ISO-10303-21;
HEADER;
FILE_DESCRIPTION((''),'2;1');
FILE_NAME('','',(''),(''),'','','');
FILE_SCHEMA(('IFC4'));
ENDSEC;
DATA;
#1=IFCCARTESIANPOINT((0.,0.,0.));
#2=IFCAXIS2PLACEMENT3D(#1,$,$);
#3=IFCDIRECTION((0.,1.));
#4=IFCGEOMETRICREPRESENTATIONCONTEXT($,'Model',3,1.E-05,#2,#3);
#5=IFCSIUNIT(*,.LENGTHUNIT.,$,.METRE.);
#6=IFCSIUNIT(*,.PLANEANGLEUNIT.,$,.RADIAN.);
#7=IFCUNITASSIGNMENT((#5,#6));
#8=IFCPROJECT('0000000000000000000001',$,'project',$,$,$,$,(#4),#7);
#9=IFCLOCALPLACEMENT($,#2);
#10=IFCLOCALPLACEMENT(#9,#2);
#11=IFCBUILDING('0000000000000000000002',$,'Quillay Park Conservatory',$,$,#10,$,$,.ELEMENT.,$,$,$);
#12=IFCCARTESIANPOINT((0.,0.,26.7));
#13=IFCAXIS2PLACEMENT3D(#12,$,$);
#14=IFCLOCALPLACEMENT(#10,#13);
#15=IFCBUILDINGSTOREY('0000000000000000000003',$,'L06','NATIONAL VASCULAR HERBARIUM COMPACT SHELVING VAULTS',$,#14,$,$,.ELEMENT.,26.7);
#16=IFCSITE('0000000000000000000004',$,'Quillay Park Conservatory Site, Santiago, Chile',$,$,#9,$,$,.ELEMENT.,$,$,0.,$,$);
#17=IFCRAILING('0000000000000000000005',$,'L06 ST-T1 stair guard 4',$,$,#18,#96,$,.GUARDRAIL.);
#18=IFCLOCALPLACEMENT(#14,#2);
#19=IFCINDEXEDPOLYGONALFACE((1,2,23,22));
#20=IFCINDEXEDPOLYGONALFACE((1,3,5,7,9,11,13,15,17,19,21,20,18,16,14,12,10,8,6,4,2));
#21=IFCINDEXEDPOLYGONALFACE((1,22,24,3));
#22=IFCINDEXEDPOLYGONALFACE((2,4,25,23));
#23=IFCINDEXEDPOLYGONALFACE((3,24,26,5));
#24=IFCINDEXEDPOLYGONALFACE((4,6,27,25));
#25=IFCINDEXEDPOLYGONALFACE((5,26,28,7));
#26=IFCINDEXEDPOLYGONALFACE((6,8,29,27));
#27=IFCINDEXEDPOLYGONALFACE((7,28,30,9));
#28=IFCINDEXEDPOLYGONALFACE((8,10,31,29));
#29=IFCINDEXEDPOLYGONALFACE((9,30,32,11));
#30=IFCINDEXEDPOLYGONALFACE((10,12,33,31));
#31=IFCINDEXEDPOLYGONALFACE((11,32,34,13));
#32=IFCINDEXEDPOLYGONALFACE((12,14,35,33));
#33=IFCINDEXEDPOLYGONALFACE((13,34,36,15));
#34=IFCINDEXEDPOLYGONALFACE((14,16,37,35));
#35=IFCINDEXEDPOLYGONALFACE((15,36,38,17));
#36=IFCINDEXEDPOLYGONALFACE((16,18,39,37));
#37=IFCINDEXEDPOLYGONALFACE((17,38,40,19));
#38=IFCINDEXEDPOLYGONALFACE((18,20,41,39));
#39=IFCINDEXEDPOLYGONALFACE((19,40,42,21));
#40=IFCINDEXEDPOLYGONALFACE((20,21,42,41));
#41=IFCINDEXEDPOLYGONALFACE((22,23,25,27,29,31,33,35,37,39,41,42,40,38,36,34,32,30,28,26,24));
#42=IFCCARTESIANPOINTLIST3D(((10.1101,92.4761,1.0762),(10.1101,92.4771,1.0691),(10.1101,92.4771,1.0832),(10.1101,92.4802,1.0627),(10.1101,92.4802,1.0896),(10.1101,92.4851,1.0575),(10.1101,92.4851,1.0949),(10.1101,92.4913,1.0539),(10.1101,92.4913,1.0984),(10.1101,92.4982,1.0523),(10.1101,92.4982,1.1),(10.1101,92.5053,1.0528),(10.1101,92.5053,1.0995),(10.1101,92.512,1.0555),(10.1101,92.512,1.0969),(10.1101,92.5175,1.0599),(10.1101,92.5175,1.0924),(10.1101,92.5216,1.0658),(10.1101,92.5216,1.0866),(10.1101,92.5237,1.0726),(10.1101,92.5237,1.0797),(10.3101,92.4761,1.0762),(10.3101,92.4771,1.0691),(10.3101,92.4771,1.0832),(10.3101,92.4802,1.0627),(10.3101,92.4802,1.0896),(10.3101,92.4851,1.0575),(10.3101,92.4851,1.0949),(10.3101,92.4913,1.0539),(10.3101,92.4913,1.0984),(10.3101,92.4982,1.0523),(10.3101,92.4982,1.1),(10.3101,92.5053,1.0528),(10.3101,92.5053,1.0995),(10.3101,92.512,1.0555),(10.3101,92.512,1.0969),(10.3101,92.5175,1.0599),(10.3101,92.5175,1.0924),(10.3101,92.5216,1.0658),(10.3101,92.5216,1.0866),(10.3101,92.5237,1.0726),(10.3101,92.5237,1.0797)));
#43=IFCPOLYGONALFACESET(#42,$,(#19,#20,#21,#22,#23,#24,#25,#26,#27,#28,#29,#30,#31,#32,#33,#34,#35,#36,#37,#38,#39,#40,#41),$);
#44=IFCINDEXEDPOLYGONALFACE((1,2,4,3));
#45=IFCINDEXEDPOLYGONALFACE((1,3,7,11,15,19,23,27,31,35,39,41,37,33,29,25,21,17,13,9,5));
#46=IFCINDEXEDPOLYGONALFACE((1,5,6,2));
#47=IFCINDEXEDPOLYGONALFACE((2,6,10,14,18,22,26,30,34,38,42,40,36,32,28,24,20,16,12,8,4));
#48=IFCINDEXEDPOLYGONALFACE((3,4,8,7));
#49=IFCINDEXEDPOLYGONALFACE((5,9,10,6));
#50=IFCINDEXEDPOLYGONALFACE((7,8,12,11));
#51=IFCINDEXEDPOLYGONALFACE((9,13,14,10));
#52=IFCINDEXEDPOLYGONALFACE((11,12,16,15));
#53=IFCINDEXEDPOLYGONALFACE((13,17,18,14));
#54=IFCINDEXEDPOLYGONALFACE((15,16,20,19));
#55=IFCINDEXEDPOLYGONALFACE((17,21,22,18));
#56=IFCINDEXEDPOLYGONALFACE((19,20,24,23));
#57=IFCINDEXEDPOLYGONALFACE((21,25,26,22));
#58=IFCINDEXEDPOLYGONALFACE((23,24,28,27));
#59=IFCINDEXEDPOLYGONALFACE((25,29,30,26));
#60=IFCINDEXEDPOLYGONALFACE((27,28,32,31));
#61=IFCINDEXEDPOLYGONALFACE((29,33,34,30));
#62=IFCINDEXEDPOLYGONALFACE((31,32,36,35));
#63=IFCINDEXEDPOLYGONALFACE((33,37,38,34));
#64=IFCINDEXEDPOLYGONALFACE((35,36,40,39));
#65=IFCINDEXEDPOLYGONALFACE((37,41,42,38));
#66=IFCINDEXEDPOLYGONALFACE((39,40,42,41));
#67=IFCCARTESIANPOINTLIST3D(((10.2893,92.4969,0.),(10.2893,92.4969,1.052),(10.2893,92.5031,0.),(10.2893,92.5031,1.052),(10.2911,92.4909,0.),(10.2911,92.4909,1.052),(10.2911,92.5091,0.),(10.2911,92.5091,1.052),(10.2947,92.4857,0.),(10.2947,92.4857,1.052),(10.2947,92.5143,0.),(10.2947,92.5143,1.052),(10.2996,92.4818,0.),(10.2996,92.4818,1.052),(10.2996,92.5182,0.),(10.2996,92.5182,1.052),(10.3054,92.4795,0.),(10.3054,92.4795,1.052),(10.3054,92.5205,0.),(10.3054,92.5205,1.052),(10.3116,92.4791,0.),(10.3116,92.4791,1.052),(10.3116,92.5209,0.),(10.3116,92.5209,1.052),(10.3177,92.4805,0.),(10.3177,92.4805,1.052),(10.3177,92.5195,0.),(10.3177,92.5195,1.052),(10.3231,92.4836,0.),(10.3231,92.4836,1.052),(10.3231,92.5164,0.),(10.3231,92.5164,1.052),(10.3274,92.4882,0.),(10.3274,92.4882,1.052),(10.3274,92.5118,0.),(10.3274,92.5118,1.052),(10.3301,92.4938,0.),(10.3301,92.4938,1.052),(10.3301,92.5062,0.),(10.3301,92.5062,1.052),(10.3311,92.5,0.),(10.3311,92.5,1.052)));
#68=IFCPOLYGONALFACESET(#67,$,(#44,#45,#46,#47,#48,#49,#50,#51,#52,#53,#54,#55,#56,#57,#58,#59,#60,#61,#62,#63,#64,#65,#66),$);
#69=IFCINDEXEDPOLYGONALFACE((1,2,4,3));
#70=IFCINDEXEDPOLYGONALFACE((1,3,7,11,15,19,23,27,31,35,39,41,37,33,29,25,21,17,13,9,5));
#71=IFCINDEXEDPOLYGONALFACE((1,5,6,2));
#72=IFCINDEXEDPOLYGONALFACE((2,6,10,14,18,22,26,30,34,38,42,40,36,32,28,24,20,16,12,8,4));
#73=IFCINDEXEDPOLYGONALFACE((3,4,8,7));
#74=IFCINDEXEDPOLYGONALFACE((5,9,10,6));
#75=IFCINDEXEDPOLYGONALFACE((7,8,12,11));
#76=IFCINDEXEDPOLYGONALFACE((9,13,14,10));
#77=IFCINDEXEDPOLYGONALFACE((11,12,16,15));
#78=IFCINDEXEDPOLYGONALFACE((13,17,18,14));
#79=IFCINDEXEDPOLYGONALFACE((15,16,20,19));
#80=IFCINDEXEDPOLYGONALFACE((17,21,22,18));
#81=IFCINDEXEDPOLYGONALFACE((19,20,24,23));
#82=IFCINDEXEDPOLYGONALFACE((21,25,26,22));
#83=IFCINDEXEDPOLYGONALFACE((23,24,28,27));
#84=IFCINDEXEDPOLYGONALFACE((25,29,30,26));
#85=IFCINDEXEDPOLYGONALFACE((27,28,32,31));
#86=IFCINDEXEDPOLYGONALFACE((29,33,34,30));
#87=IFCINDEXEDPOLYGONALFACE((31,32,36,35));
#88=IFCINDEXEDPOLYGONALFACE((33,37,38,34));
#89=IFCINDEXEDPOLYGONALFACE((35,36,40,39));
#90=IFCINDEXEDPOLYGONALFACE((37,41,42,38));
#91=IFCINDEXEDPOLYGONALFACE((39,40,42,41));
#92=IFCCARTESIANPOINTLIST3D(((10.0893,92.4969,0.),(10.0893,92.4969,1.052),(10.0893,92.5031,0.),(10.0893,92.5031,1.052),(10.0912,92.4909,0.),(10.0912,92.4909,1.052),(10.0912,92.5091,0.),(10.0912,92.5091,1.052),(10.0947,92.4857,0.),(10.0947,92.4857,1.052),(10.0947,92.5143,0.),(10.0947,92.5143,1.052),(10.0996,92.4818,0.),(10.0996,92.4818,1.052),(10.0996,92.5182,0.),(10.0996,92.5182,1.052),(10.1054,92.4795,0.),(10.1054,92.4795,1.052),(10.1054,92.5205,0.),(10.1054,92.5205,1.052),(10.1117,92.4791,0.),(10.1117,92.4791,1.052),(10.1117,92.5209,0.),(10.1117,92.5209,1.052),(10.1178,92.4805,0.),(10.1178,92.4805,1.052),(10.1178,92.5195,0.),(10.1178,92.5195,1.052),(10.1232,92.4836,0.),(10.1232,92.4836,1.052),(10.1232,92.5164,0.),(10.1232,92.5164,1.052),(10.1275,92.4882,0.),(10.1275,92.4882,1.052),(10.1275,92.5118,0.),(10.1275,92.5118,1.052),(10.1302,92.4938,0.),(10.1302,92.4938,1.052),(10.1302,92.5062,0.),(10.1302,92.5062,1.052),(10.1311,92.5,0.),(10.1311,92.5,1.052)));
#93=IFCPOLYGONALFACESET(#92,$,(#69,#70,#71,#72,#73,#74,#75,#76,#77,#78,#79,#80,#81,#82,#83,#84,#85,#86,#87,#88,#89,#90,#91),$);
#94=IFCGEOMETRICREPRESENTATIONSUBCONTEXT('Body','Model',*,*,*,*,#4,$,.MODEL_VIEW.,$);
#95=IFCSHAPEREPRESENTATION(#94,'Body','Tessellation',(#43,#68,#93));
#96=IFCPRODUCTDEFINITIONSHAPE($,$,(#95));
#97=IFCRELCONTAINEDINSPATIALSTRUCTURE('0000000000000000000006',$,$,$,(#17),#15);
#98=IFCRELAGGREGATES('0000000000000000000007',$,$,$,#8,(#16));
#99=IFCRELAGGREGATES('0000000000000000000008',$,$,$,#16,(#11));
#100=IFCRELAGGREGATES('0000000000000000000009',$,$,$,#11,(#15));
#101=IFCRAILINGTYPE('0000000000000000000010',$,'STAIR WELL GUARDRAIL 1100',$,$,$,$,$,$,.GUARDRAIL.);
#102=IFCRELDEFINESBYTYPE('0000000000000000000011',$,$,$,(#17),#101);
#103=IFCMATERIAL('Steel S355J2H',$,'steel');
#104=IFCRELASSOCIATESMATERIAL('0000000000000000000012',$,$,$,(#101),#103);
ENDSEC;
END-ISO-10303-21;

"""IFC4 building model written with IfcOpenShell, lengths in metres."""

from ifc_helpers import new_model, si_unit, direction, frame, origin, origin_2d, place, context, subcontext, project, spatial, circle, extrude, material, type_object, element, save


model = new_model("IFC4")

# Units and contexts
model_context = context("Model", 3, precision=1e-05, world=origin(), true_north=direction((0.0, 1.0)))
body_context = subcontext(model_context, "Body", "Model", "MODEL_VIEW")
ifc_project = project(units=[si_unit("LENGTHUNIT", "METRE"), si_unit("PLANEANGLEUNIT", "RADIAN")], contexts=[model_context])

# Site, building, storey
site_placement = place(None, origin())
site = spatial("IfcSite", under=ifc_project, at=site_placement, Name="Quillay Park Conservatory Site, Santiago, Chile", CompositionType="ELEMENT", RefElevation=0.0)
building_placement = place(site_placement, origin())
building = spatial("IfcBuilding", under=site, at=building_placement, Name="Quillay Park Conservatory", CompositionType="ELEMENT")
storey_placement = place(building_placement, frame((0.0, 0.0, 26.7)))
storey = spatial("IfcBuildingStorey", under=building, at=storey_placement, Name="L06", Description="NATIONAL VASCULAR HERBARIUM COMPACT SHELVING VAULTS", CompositionType="ELEMENT", Elevation=26.7)

# Railing
ifc_material_1 = material(Name="Steel S355J2H", Category="steel")
railing_type_1 = type_object("IfcRailingType", Name="STAIR WELL GUARDRAIL 1100", PredefinedType="GUARDRAIL", material=ifc_material_1)
railing_1_placement = place(storey_placement, frame((10.3101, 92.5, 0.0)))
element("IfcRailing", 1, at=railing_1_placement, inside=storey, type_object=railing_type_1, Name="L06 ST-T1 stair guard 4", PredefinedType="GUARDRAIL", context=body_context, shape_type="SweptSolid", body=[
    extrude(circle(Radius=0.0239, at=origin_2d()), frame((0.0, 0.0, 1.0762), z_axis=(-1.0, 0.0, 0.0), x_axis=(0.0, -1.0, 0.0)), (0.0, 0.0, 1.0), 0.2),
    extrude(circle(Radius=0.021, at=origin_2d()), origin(), (0.0, 0.0, 1.0), 1.052),
    extrude(circle(Radius=0.021, at=origin_2d()), frame((-0.2, 0.0, 0.0)), (0.0, 0.0, 1.0), 1.052),
])

save(model, "model.ifc")
